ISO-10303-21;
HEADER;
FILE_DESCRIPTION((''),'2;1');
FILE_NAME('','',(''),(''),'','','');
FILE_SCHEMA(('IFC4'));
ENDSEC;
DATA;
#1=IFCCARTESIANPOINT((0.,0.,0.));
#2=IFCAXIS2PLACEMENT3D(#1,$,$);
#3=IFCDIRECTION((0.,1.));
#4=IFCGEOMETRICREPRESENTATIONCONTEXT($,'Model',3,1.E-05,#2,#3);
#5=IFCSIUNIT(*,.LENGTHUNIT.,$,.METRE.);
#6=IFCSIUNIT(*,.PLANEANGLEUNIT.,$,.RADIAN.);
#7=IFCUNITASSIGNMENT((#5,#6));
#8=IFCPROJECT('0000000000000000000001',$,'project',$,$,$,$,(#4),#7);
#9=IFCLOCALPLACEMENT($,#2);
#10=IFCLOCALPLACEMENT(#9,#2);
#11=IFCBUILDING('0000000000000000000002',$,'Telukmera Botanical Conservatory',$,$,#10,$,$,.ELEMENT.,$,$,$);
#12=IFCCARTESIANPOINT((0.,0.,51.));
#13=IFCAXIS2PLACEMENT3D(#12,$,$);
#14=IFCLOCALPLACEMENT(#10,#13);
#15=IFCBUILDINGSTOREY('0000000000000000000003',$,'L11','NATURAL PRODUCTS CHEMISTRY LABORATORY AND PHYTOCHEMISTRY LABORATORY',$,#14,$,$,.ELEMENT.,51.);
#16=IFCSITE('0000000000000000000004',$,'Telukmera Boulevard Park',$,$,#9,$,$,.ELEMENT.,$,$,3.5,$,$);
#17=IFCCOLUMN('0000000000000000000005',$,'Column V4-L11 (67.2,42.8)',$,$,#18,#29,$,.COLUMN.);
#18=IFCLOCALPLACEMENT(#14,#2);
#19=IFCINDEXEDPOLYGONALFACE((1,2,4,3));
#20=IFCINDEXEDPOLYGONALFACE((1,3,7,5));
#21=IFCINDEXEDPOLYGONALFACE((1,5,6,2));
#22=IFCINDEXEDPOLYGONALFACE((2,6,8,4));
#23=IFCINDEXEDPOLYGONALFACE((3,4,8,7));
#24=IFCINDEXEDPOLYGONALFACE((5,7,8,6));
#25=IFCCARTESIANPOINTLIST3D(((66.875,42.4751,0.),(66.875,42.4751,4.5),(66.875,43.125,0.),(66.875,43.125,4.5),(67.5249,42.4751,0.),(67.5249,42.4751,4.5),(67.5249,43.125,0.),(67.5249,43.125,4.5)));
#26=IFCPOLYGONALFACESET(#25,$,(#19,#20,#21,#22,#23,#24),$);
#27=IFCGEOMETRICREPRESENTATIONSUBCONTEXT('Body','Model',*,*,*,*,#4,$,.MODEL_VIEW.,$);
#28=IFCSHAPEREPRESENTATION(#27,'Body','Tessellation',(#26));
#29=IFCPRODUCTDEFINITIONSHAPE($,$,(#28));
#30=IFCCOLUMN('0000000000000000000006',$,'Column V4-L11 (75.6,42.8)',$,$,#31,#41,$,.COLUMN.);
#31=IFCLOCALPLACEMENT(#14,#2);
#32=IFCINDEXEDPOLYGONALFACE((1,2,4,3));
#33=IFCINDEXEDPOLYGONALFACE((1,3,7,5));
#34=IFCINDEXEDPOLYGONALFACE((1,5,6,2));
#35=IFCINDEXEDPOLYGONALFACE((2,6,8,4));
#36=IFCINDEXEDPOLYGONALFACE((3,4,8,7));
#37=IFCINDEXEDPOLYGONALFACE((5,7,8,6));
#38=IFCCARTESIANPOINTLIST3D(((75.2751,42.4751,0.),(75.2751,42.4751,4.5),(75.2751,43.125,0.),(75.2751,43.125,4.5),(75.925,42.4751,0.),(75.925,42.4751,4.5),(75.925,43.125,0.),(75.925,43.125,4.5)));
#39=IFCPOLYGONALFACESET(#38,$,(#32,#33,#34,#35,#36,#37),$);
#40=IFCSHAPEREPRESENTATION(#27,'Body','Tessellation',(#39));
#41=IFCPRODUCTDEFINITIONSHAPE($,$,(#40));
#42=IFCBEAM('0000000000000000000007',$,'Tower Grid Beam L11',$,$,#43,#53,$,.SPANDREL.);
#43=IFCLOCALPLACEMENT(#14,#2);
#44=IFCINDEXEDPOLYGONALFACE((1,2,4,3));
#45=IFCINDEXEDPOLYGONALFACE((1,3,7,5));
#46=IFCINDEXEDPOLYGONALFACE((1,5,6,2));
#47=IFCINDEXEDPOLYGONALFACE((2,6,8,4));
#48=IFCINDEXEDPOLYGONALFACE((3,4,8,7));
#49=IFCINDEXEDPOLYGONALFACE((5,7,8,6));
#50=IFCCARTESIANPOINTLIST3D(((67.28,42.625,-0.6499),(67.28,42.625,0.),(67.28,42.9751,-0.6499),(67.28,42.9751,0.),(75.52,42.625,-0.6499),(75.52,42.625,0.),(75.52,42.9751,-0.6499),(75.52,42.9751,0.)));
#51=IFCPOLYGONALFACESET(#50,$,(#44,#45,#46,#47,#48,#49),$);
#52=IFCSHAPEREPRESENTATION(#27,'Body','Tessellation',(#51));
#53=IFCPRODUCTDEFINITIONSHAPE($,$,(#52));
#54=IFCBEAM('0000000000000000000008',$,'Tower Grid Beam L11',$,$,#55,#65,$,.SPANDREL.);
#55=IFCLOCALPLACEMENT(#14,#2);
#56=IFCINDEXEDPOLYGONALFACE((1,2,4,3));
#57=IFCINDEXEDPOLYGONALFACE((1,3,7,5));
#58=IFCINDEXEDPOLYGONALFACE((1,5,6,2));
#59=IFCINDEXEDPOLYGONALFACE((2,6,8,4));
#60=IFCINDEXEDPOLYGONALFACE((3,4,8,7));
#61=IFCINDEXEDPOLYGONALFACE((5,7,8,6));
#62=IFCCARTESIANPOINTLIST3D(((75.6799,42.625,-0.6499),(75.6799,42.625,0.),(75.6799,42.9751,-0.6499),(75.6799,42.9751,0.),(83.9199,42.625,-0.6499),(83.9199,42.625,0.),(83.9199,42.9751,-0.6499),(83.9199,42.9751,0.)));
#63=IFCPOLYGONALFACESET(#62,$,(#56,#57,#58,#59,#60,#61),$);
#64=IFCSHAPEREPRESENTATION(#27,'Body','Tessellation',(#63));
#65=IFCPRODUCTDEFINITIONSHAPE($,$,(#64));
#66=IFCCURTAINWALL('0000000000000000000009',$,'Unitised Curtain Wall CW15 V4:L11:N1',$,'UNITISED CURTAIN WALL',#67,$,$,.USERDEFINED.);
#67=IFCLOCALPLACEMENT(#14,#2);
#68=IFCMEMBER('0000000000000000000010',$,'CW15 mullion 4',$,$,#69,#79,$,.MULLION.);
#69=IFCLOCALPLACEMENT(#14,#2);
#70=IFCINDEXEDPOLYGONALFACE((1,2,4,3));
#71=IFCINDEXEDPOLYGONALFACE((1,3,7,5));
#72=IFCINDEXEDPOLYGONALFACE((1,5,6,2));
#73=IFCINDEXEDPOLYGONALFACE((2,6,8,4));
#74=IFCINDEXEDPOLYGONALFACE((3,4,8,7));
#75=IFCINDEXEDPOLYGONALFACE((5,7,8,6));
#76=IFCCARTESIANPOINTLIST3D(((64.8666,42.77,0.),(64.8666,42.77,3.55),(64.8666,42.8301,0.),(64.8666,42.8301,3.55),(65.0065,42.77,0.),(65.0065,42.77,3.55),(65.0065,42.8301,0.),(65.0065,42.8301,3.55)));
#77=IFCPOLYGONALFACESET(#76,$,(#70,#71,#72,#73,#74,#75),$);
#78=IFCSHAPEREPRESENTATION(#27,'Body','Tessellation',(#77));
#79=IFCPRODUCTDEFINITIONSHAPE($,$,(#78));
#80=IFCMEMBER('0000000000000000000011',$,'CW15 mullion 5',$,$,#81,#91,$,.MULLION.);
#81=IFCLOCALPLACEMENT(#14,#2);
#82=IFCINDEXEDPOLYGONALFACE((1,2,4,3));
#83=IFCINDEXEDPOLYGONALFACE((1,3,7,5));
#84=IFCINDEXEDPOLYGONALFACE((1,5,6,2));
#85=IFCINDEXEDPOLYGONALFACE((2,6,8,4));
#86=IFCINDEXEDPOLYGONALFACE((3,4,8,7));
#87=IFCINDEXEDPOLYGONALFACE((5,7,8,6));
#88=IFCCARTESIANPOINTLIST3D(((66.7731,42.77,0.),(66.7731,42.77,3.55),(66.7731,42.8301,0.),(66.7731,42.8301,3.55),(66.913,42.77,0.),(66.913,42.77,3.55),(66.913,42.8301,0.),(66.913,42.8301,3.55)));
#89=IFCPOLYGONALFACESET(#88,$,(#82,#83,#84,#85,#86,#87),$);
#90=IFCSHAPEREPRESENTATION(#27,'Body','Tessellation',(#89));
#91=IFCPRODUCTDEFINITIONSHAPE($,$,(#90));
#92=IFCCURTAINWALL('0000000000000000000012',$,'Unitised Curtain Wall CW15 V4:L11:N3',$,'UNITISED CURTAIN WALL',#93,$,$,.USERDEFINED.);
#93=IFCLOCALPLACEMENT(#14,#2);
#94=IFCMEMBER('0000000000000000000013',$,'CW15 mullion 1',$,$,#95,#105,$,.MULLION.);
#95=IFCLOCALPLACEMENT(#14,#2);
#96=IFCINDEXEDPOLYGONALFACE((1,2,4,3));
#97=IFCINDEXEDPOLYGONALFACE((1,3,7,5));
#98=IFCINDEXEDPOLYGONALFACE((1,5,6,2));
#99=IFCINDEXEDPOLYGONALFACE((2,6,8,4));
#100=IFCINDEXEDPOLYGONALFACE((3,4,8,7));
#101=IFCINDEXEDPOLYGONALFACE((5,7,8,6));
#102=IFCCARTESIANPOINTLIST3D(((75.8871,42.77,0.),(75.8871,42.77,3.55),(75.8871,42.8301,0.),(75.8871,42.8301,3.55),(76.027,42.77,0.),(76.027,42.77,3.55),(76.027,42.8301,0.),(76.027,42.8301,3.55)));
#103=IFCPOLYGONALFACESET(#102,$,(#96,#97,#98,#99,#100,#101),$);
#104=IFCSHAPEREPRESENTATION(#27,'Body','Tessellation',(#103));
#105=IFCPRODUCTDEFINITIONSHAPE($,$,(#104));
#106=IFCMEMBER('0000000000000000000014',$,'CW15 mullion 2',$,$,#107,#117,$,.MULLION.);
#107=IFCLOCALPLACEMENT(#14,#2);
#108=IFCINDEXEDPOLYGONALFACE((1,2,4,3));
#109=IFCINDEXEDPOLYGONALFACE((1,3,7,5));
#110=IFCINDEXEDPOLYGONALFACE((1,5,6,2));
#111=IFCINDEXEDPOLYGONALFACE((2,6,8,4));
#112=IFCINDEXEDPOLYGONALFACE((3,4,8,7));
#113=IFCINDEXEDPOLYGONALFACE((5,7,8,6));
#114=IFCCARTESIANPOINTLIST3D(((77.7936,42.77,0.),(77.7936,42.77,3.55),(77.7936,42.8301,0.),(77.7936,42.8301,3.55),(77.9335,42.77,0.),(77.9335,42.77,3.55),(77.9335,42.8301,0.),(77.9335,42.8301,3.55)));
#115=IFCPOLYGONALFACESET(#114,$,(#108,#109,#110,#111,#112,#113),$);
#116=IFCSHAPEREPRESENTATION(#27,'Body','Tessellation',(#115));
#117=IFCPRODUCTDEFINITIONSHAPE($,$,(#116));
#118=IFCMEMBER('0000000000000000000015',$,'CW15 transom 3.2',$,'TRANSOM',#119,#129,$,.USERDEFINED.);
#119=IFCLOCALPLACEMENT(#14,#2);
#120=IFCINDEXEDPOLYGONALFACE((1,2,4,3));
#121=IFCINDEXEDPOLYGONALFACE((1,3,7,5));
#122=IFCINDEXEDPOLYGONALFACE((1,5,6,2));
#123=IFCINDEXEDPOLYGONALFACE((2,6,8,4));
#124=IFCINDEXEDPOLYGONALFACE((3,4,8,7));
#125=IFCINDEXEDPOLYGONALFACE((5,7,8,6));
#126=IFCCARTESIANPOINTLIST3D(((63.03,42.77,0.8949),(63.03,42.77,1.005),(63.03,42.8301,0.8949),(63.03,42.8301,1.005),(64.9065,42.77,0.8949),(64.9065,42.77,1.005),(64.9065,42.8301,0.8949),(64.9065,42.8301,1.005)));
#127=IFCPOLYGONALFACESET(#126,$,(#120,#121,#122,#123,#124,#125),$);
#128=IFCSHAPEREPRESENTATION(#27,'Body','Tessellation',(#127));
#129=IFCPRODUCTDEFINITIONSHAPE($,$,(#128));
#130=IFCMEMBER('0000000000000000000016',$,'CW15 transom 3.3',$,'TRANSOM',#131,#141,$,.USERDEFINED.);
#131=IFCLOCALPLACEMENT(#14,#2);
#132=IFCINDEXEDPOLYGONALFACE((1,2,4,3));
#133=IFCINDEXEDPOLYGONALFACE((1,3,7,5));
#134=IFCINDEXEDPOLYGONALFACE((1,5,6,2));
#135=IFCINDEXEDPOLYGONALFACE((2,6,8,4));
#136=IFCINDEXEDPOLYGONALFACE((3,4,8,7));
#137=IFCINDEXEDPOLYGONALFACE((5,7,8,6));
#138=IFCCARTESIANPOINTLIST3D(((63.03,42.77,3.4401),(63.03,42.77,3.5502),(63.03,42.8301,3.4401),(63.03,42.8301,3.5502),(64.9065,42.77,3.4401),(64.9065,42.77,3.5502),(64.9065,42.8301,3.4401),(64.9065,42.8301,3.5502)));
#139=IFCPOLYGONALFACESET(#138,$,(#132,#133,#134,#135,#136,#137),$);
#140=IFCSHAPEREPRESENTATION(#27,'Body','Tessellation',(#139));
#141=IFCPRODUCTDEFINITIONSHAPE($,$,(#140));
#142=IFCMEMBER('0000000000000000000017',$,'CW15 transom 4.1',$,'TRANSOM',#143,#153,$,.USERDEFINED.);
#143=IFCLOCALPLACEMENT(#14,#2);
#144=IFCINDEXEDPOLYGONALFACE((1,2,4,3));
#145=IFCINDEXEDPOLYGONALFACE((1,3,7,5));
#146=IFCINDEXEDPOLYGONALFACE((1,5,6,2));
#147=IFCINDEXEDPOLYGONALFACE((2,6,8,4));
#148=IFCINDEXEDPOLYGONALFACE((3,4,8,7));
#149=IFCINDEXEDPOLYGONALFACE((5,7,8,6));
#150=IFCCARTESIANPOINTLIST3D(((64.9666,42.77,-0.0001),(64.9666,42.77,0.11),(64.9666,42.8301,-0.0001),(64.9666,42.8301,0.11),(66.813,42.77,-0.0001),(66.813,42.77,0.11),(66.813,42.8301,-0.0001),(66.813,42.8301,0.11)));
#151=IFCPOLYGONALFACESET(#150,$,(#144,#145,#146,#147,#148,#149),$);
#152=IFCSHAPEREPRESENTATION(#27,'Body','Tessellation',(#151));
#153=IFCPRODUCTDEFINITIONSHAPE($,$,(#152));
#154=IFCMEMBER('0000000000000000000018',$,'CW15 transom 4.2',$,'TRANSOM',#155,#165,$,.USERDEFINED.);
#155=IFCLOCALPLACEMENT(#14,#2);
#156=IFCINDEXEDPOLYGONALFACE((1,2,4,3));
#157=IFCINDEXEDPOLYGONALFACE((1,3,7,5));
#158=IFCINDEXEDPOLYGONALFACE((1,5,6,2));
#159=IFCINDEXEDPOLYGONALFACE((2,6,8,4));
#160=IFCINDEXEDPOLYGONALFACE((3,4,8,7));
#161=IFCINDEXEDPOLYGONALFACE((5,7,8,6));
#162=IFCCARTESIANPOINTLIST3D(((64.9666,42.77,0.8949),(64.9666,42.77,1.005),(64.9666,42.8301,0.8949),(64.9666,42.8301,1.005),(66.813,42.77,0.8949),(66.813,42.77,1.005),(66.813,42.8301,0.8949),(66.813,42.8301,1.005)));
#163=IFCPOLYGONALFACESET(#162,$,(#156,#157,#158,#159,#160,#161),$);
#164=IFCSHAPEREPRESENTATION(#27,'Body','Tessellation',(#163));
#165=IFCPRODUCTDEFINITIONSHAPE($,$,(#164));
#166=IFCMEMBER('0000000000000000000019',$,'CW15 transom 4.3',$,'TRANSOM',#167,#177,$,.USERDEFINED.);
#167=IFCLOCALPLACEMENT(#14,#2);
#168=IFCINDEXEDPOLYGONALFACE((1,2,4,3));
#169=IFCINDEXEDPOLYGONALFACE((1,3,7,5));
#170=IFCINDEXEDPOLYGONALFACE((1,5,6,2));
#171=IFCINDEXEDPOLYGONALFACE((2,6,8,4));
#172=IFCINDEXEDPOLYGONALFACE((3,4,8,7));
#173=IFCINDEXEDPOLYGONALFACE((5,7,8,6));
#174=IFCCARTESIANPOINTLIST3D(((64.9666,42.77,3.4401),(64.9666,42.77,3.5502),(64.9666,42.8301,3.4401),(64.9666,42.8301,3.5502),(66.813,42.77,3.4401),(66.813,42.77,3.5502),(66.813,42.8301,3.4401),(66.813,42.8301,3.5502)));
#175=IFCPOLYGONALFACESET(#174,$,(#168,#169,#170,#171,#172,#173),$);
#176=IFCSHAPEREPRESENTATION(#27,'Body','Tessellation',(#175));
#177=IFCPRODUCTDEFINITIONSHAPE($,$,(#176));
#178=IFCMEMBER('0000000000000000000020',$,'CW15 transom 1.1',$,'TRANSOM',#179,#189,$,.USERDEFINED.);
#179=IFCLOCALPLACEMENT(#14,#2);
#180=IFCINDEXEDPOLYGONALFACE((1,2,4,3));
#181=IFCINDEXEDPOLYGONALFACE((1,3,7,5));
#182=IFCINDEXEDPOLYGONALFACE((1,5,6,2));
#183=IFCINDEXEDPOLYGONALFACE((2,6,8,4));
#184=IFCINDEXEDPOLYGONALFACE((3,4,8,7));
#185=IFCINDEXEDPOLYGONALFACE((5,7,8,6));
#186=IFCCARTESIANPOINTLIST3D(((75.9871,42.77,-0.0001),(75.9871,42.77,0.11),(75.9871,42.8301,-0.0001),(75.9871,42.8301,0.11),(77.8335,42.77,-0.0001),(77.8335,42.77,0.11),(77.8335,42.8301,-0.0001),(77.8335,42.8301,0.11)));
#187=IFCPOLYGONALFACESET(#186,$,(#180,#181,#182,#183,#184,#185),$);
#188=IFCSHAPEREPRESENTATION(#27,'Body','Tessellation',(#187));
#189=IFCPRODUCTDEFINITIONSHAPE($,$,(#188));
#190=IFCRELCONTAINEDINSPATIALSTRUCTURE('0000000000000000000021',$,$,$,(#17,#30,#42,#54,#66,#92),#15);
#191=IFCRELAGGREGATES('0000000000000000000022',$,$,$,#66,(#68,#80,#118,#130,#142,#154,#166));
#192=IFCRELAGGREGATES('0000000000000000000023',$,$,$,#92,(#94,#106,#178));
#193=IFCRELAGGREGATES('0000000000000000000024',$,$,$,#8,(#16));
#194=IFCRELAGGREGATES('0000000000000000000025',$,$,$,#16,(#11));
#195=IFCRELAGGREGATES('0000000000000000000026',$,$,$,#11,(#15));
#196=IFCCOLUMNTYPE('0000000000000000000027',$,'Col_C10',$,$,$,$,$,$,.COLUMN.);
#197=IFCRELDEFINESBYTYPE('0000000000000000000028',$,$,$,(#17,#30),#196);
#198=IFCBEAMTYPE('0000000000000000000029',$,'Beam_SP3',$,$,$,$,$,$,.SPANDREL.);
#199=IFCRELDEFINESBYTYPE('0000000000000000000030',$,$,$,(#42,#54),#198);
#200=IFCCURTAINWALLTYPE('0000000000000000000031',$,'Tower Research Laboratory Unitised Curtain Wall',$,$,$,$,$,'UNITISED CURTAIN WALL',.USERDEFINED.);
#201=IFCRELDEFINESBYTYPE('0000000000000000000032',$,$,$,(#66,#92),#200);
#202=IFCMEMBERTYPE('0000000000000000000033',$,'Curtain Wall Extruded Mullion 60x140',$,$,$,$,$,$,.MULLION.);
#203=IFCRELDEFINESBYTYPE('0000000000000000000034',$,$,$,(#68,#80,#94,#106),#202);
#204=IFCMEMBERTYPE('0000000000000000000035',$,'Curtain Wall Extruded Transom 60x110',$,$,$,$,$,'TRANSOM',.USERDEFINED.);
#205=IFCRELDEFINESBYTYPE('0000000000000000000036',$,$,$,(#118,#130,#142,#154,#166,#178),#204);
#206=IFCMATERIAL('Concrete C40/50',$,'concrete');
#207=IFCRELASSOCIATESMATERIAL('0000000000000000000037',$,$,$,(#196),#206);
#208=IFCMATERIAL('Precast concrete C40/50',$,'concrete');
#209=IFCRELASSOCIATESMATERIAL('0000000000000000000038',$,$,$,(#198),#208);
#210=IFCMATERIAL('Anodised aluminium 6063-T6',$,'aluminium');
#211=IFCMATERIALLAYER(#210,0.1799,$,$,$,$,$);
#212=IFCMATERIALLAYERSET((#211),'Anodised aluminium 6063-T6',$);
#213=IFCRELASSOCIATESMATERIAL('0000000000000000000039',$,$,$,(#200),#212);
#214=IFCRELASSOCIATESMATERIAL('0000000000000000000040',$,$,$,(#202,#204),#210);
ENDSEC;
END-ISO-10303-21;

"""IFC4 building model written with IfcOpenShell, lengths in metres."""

from ifc_helpers import new_model, si_unit, direction, frame, origin, origin_2d, place, context, subcontext, project, spatial, rectangle, extrude, material, layer, layer_set, material_profile, profile_set, type_object, element, aggregate, save


model = new_model("IFC4")

# Units and contexts
model_context = context("Model", 3, precision=1e-05, world=origin(), true_north=direction((0.0, 1.0)))
body_context = subcontext(model_context, "Body", "Model", "MODEL_VIEW")
ifc_project = project(units=[si_unit("LENGTHUNIT", "METRE"), si_unit("PLANEANGLEUNIT", "RADIAN")], contexts=[model_context])

# Site, building, storey
site_placement = place(None, origin())
site = spatial("IfcSite", under=ifc_project, at=site_placement, Name="Telukmera Boulevard Park", CompositionType="ELEMENT", RefElevation=3.5)
building_placement = place(site_placement, origin())
building = spatial("IfcBuilding", under=site, at=building_placement, Name="Telukmera Botanical Conservatory", CompositionType="ELEMENT")
storey_placement = place(building_placement, frame((0.0, 0.0, 51.0)))
storey = spatial("IfcBuildingStorey", under=building, at=storey_placement, Name="L11", Description="NATURAL PRODUCTS CHEMISTRY LABORATORY AND PHYTOCHEMISTRY LABORATORY", CompositionType="ELEMENT", Elevation=51.0)

# Columns
ifc_material_1 = material(Name="Concrete C40/50", Category="concrete")
ifc_material_profile_1 = material_profile(ifc_material_1, rectangle(XDim=0.6499, YDim=0.6499, at=origin_2d()), Name="RC 650x650")
ifc_profile_set_1 = profile_set([ifc_material_profile_1], Name="Concrete C40/50")
column_type = type_object("IfcColumnType", Name="Col_C10", PredefinedType="COLUMN", material=ifc_profile_set_1)
for number, where, z_axis, x_axis, name in (
    (1, (67.2, 42.8, 0.0), (0.0, 0.0, 1.0), (1.0, 0.0, 0.0), "Column V4-L11 (67.2,42.8)"),
    (2, (75.6001, 42.8, 0.0), (0.0, 0.0, 1.0), (1.0, 0.0, 0.0), "Column V4-L11 (75.6,42.8)"),
):
    element("IfcColumn", number, at=place(storey_placement, frame(where, z_axis=z_axis, x_axis=x_axis)), inside=storey, type_object=column_type, Name=name, PredefinedType="COLUMN", context=body_context, shape_type="SweptSolid", body=[
        extrude(rectangle(XDim=0.6499, YDim=0.6499, at=origin_2d()), origin(), (0.0, 0.0, 1.0), 4.5),
    ])

# Beams
ifc_material_2 = material(Name="Precast concrete C40/50", Category="concrete")
ifc_material_profile_2 = material_profile(ifc_material_2, rectangle(XDim=0.3501, YDim=0.6499, at=origin_2d()), Name="PC 350x650")
ifc_profile_set_2 = profile_set([ifc_material_profile_2], Name="Precast concrete C40/50")
beam_type = type_object("IfcBeamType", Name="Beam_SP3", PredefinedType="SPANDREL", material=ifc_profile_set_2)
for number, where, z_axis, x_axis, name in (
    (3, (67.28, 42.8, -0.325), (1.0, 0.0, 0.0), (0.0, 1.0, 0.0), "Tower Grid Beam L11"),
    (4, (75.6799, 42.8, -0.325), (1.0, 0.0, 0.0), (0.0, 1.0, 0.0), "Tower Grid Beam L11"),
):
    element("IfcBeam", number, at=place(storey_placement, frame(where, z_axis=z_axis, x_axis=x_axis)), inside=storey, type_object=beam_type, Name=name, PredefinedType="SPANDREL", context=body_context, shape_type="SweptSolid", body=[
        extrude(rectangle(XDim=0.3501, YDim=0.6499, at=origin_2d()), origin(), (0.0, 0.0, 1.0), 8.24),
    ])

# Curtain walls, members
ifc_material_3 = material(Name="Anodised aluminium 6063-T6", Category="aluminium")
ifc_layer_1 = layer(ifc_material_3, 0.1799)
ifc_layer_set_1 = layer_set([ifc_layer_1], Name="Anodised aluminium 6063-T6")
curtain_wall_type = type_object("IfcCurtainWallType", Name="Tower Research Laboratory Unitised Curtain Wall", ElementType="UNITISED CURTAIN WALL", PredefinedType="USERDEFINED", material=ifc_layer_set_1)
curtain_wall_1_placement = place(storey_placement, origin())
curtain_wall_1 = element("IfcCurtainWall", 5, at=curtain_wall_1_placement, inside=storey, type_object=curtain_wall_type, Name="Unitised Curtain Wall CW15 V4:L11:N1", ObjectType="UNITISED CURTAIN WALL", PredefinedType="USERDEFINED")
ifc_material_profile_3 = material_profile(ifc_material_3, rectangle(XDim=0.0601, YDim=0.1399, at=origin_2d()), Name="ALU MULL 60x140")
ifc_profile_set_3 = profile_set([ifc_material_profile_3], Name="Anodised aluminium 6063-T6")
member_type_1 = type_object("IfcMemberType", Name="Curtain Wall Extruded Mullion 60x140", PredefinedType="MULLION", material=ifc_profile_set_3)
member_1_placement = place(storey_placement, frame((64.9365, 42.8, 0.0), z_axis=(0.0, 0.0, 1.0), x_axis=(0.0, 1.0, 0.0)))
member_1 = element("IfcMember", 6, at=member_1_placement, type_object=member_type_1, Name="CW15 mullion 4", PredefinedType="MULLION", context=body_context, shape_type="SweptSolid", body=[
    extrude(rectangle(XDim=0.0601, YDim=0.1399, at=origin_2d()), origin(), (0.0, 0.0, 1.0), 3.55),
])
member_2_placement = place(storey_placement, frame((66.843, 42.8, 0.0), z_axis=(0.0, 0.0, 1.0), x_axis=(0.0, 1.0, 0.0)))
member_2 = element("IfcMember", 7, at=member_2_placement, type_object=member_type_1, Name="CW15 mullion 5", PredefinedType="MULLION", context=body_context, shape_type="SweptSolid", body=[
    extrude(rectangle(XDim=0.0601, YDim=0.1399, at=origin_2d()), origin(), (0.0, 0.0, 1.0), 3.55),
])
curtain_wall_2_placement = place(storey_placement, origin())
curtain_wall_2 = element("IfcCurtainWall", 8, at=curtain_wall_2_placement, inside=storey, type_object=curtain_wall_type, Name="Unitised Curtain Wall CW15 V4:L11:N3", ObjectType="UNITISED CURTAIN WALL", PredefinedType="USERDEFINED")
member_3_placement = place(storey_placement, frame((75.957, 42.8, 0.0), z_axis=(0.0, 0.0, 1.0), x_axis=(0.0, 1.0, 0.0)))
member_3 = element("IfcMember", 9, at=member_3_placement, type_object=member_type_1, Name="CW15 mullion 1", PredefinedType="MULLION", context=body_context, shape_type="SweptSolid", body=[
    extrude(rectangle(XDim=0.0601, YDim=0.1399, at=origin_2d()), origin(), (0.0, 0.0, 1.0), 3.55),
])
member_4_placement = place(storey_placement, frame((77.8635, 42.8, 0.0), z_axis=(0.0, 0.0, 1.0), x_axis=(0.0, 1.0, 0.0)))
member_4 = element("IfcMember", 10, at=member_4_placement, type_object=member_type_1, Name="CW15 mullion 2", PredefinedType="MULLION", context=body_context, shape_type="SweptSolid", body=[
    extrude(rectangle(XDim=0.0601, YDim=0.1399, at=origin_2d()), origin(), (0.0, 0.0, 1.0), 3.55),
])

# Members
ifc_material_profile_4 = material_profile(ifc_material_3, rectangle(XDim=0.0601, YDim=0.1101, at=origin_2d()), Name="ALU TRAN 60x110")
ifc_profile_set_4 = profile_set([ifc_material_profile_4], Name="Anodised aluminium 6063-T6")
member_type_2 = type_object("IfcMemberType", Name="Curtain Wall Extruded Transom 60x110", ElementType="TRANSOM", PredefinedType="USERDEFINED", material=ifc_profile_set_4)
member_5_placement = place(storey_placement, frame((63.03, 42.8, 0.95), z_axis=(1.0, 0.0, 0.0), x_axis=(0.0, 1.0, 0.0)))
member_5 = element("IfcMember", 11, at=member_5_placement, type_object=member_type_2, Name="CW15 transom 3.2", ObjectType="TRANSOM", PredefinedType="USERDEFINED", context=body_context, shape_type="SweptSolid", body=[
    extrude(rectangle(XDim=0.0601, YDim=0.1101, at=origin_2d()), origin(), (0.0, 0.0, 1.0), 1.8765),
])
member_6_placement = place(storey_placement, frame((63.03, 42.8, 3.4951), z_axis=(1.0, 0.0, 0.0), x_axis=(0.0, 1.0, 0.0)))
member_6 = element("IfcMember", 12, at=member_6_placement, type_object=member_type_2, Name="CW15 transom 3.3", ObjectType="TRANSOM", PredefinedType="USERDEFINED", context=body_context, shape_type="SweptSolid", body=[
    extrude(rectangle(XDim=0.0601, YDim=0.1101, at=origin_2d()), origin(), (0.0, 0.0, 1.0), 1.8765),
])
member_7_placement = place(storey_placement, frame((64.9666, 42.8, 0.0549), z_axis=(1.0, 0.0, 0.0), x_axis=(0.0, 1.0, 0.0)))
member_7 = element("IfcMember", 13, at=member_7_placement, type_object=member_type_2, Name="CW15 transom 4.1", ObjectType="TRANSOM", PredefinedType="USERDEFINED", context=body_context, shape_type="SweptSolid", body=[
    extrude(rectangle(XDim=0.0601, YDim=0.1101, at=origin_2d()), origin(), (0.0, 0.0, 1.0), 1.8464),
])
member_8_placement = place(storey_placement, frame((64.9666, 42.8, 0.95), z_axis=(1.0, 0.0, 0.0), x_axis=(0.0, 1.0, 0.0)))
member_8 = element("IfcMember", 14, at=member_8_placement, type_object=member_type_2, Name="CW15 transom 4.2", ObjectType="TRANSOM", PredefinedType="USERDEFINED", context=body_context, shape_type="SweptSolid", body=[
    extrude(rectangle(XDim=0.0601, YDim=0.1101, at=origin_2d()), origin(), (0.0, 0.0, 1.0), 1.8464),
])
member_9_placement = place(storey_placement, frame((64.9666, 42.8, 3.4951), z_axis=(1.0, 0.0, 0.0), x_axis=(0.0, 1.0, 0.0)))
member_9 = element("IfcMember", 15, at=member_9_placement, type_object=member_type_2, Name="CW15 transom 4.3", ObjectType="TRANSOM", PredefinedType="USERDEFINED", context=body_context, shape_type="SweptSolid", body=[
    extrude(rectangle(XDim=0.0601, YDim=0.1101, at=origin_2d()), origin(), (0.0, 0.0, 1.0), 1.8464),
])
member_10_placement = place(storey_placement, frame((75.9871, 42.8, 0.0549), z_axis=(1.0, 0.0, 0.0), x_axis=(0.0, 1.0, 0.0)))
member_10 = element("IfcMember", 16, at=member_10_placement, type_object=member_type_2, Name="CW15 transom 1.1", ObjectType="TRANSOM", PredefinedType="USERDEFINED", context=body_context, shape_type="SweptSolid", body=[
    extrude(rectangle(XDim=0.0601, YDim=0.1101, at=origin_2d()), origin(), (0.0, 0.0, 1.0), 1.8464),
])

aggregate(curtain_wall_1, [member_1, member_2, member_5, member_6, member_7, member_8, member_9])
aggregate(curtain_wall_2, [member_3, member_4, member_10])

save(model, "model.ifc")
